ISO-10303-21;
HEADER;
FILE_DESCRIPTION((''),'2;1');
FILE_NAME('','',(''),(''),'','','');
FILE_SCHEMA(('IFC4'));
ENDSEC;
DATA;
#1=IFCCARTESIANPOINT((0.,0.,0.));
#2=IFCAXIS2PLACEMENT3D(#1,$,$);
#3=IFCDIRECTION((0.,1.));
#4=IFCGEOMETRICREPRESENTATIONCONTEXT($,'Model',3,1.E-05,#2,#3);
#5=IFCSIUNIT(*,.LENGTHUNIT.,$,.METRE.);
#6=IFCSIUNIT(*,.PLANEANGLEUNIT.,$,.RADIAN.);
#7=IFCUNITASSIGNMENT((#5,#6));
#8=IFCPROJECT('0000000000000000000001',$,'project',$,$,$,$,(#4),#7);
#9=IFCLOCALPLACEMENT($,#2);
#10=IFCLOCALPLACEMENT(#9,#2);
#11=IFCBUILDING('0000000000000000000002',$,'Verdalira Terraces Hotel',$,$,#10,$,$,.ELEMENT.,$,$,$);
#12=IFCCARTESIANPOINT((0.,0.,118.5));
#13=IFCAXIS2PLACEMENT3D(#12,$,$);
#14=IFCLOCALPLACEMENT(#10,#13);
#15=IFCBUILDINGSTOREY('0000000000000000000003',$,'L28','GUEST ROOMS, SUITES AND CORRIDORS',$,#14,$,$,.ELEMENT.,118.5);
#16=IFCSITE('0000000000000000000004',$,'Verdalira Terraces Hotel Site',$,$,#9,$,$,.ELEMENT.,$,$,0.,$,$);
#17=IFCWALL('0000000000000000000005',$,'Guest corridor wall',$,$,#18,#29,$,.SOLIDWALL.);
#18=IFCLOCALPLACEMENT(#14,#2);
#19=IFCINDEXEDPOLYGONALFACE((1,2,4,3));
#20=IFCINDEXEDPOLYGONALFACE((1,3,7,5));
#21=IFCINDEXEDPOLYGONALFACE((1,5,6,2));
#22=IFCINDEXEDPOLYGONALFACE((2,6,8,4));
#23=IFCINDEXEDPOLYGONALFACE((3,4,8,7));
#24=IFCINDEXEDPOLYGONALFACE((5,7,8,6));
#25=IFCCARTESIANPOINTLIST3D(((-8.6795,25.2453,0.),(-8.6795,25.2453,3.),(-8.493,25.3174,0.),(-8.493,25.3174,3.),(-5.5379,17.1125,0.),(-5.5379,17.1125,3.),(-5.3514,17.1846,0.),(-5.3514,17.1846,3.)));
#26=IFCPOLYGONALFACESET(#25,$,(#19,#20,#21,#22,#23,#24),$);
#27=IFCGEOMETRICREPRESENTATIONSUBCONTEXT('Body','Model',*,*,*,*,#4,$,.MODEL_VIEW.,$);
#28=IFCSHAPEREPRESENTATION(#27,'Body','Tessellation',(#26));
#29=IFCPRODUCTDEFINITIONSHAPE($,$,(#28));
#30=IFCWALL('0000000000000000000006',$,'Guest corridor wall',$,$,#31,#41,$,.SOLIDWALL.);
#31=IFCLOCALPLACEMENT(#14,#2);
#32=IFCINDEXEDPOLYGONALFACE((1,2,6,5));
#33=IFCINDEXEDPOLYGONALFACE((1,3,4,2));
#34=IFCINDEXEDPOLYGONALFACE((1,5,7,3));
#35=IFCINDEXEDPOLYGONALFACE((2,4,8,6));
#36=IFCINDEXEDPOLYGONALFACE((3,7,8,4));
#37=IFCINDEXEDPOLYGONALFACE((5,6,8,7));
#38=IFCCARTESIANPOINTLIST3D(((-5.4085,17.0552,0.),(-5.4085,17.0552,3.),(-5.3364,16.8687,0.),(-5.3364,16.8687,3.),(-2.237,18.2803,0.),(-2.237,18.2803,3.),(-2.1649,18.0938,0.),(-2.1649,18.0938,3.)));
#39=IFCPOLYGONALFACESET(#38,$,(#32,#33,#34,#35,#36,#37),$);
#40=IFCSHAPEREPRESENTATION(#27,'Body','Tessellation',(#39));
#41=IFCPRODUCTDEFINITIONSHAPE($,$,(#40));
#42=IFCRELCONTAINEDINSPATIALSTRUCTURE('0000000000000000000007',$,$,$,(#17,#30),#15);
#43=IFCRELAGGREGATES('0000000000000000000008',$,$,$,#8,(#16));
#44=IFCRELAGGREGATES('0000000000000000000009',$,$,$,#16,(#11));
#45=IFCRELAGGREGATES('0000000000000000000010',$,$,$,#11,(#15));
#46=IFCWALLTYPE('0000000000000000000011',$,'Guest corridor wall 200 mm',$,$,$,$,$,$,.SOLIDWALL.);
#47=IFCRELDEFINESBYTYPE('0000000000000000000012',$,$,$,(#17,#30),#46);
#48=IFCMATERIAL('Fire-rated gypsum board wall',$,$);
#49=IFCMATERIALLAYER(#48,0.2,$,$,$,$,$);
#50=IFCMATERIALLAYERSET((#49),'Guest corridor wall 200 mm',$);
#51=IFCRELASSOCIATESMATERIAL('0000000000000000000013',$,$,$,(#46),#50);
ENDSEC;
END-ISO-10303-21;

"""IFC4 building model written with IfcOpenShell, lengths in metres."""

from ifc_helpers import new_model, si_unit, direction, frame, frame_2d, origin, place, context, subcontext, project, spatial, rectangle, extrude, material, layer, layer_set, type_object, element, save


model = new_model("IFC4")

# Units and contexts
model_context = context("Model", 3, precision=1e-05, world=origin(), true_north=direction((0.0, 1.0)))
body_context = subcontext(model_context, "Body", "Model", "MODEL_VIEW")
ifc_project = project(units=[si_unit("LENGTHUNIT", "METRE"), si_unit("PLANEANGLEUNIT", "RADIAN")], contexts=[model_context])

# Site, building, storey
site_placement = place(None, origin())
site = spatial("IfcSite", under=ifc_project, at=site_placement, Name="Verdalira Terraces Hotel Site", CompositionType="ELEMENT", RefElevation=0.0)
building_placement = place(site_placement, origin())
building = spatial("IfcBuilding", under=site, at=building_placement, Name="Verdalira Terraces Hotel", CompositionType="ELEMENT")
storey_placement = place(building_placement, frame((0.0, 0.0, 118.5)))
storey = spatial("IfcBuildingStorey", under=building, at=storey_placement, Name="L28", Description="GUEST ROOMS, SUITES AND CORRIDORS", CompositionType="ELEMENT", Elevation=118.5)

# Shared definitions
ifc_material_1 = material(Name="Fire-rated gypsum board wall")
ifc_layer_1 = layer(ifc_material_1, 0.2)
ifc_layer_set_1 = layer_set([ifc_layer_1], Name="Guest corridor wall 200 mm")
wall_type_1 = type_object("IfcWallType", Name="Guest corridor wall 200 mm", PredefinedType="SOLIDWALL", material=ifc_layer_set_1)

# Walls
wall_1_placement = place(storey_placement, frame((-5.4446, 17.1484, 0.0), z_axis=(0.0, 0.0, 1.0), x_axis=(-0.360337, 0.932822, 0.0)))
element("IfcWall", 1, at=wall_1_placement, inside=storey, type_object=wall_type_1, Name="Guest corridor wall", PredefinedType="SOLIDWALL", context=body_context, shape_type="SweptSolid", body=[
    extrude(rectangle(XDim=8.7185, YDim=0.2, at=frame_2d((4.3594, 0.0))), origin(), (0.0, 0.0, 1.0), 3.0),
])
wall_2_placement = place(storey_placement, frame((-2.2009, 18.187, 0.0), z_axis=(0.0, 0.0, 1.0), x_axis=(-0.932828, -0.360321, 0.0)))
element("IfcWall", 2, at=wall_2_placement, inside=storey, type_object=wall_type_1, Name="Guest corridor wall", PredefinedType="SOLIDWALL", context=body_context, shape_type="SweptSolid", body=[
    extrude(rectangle(XDim=3.3999, YDim=0.2, at=frame_2d((1.7, 0.0))), origin(), (0.0, 0.0, 1.0), 3.0),
])

save(model, "model.ifc")
